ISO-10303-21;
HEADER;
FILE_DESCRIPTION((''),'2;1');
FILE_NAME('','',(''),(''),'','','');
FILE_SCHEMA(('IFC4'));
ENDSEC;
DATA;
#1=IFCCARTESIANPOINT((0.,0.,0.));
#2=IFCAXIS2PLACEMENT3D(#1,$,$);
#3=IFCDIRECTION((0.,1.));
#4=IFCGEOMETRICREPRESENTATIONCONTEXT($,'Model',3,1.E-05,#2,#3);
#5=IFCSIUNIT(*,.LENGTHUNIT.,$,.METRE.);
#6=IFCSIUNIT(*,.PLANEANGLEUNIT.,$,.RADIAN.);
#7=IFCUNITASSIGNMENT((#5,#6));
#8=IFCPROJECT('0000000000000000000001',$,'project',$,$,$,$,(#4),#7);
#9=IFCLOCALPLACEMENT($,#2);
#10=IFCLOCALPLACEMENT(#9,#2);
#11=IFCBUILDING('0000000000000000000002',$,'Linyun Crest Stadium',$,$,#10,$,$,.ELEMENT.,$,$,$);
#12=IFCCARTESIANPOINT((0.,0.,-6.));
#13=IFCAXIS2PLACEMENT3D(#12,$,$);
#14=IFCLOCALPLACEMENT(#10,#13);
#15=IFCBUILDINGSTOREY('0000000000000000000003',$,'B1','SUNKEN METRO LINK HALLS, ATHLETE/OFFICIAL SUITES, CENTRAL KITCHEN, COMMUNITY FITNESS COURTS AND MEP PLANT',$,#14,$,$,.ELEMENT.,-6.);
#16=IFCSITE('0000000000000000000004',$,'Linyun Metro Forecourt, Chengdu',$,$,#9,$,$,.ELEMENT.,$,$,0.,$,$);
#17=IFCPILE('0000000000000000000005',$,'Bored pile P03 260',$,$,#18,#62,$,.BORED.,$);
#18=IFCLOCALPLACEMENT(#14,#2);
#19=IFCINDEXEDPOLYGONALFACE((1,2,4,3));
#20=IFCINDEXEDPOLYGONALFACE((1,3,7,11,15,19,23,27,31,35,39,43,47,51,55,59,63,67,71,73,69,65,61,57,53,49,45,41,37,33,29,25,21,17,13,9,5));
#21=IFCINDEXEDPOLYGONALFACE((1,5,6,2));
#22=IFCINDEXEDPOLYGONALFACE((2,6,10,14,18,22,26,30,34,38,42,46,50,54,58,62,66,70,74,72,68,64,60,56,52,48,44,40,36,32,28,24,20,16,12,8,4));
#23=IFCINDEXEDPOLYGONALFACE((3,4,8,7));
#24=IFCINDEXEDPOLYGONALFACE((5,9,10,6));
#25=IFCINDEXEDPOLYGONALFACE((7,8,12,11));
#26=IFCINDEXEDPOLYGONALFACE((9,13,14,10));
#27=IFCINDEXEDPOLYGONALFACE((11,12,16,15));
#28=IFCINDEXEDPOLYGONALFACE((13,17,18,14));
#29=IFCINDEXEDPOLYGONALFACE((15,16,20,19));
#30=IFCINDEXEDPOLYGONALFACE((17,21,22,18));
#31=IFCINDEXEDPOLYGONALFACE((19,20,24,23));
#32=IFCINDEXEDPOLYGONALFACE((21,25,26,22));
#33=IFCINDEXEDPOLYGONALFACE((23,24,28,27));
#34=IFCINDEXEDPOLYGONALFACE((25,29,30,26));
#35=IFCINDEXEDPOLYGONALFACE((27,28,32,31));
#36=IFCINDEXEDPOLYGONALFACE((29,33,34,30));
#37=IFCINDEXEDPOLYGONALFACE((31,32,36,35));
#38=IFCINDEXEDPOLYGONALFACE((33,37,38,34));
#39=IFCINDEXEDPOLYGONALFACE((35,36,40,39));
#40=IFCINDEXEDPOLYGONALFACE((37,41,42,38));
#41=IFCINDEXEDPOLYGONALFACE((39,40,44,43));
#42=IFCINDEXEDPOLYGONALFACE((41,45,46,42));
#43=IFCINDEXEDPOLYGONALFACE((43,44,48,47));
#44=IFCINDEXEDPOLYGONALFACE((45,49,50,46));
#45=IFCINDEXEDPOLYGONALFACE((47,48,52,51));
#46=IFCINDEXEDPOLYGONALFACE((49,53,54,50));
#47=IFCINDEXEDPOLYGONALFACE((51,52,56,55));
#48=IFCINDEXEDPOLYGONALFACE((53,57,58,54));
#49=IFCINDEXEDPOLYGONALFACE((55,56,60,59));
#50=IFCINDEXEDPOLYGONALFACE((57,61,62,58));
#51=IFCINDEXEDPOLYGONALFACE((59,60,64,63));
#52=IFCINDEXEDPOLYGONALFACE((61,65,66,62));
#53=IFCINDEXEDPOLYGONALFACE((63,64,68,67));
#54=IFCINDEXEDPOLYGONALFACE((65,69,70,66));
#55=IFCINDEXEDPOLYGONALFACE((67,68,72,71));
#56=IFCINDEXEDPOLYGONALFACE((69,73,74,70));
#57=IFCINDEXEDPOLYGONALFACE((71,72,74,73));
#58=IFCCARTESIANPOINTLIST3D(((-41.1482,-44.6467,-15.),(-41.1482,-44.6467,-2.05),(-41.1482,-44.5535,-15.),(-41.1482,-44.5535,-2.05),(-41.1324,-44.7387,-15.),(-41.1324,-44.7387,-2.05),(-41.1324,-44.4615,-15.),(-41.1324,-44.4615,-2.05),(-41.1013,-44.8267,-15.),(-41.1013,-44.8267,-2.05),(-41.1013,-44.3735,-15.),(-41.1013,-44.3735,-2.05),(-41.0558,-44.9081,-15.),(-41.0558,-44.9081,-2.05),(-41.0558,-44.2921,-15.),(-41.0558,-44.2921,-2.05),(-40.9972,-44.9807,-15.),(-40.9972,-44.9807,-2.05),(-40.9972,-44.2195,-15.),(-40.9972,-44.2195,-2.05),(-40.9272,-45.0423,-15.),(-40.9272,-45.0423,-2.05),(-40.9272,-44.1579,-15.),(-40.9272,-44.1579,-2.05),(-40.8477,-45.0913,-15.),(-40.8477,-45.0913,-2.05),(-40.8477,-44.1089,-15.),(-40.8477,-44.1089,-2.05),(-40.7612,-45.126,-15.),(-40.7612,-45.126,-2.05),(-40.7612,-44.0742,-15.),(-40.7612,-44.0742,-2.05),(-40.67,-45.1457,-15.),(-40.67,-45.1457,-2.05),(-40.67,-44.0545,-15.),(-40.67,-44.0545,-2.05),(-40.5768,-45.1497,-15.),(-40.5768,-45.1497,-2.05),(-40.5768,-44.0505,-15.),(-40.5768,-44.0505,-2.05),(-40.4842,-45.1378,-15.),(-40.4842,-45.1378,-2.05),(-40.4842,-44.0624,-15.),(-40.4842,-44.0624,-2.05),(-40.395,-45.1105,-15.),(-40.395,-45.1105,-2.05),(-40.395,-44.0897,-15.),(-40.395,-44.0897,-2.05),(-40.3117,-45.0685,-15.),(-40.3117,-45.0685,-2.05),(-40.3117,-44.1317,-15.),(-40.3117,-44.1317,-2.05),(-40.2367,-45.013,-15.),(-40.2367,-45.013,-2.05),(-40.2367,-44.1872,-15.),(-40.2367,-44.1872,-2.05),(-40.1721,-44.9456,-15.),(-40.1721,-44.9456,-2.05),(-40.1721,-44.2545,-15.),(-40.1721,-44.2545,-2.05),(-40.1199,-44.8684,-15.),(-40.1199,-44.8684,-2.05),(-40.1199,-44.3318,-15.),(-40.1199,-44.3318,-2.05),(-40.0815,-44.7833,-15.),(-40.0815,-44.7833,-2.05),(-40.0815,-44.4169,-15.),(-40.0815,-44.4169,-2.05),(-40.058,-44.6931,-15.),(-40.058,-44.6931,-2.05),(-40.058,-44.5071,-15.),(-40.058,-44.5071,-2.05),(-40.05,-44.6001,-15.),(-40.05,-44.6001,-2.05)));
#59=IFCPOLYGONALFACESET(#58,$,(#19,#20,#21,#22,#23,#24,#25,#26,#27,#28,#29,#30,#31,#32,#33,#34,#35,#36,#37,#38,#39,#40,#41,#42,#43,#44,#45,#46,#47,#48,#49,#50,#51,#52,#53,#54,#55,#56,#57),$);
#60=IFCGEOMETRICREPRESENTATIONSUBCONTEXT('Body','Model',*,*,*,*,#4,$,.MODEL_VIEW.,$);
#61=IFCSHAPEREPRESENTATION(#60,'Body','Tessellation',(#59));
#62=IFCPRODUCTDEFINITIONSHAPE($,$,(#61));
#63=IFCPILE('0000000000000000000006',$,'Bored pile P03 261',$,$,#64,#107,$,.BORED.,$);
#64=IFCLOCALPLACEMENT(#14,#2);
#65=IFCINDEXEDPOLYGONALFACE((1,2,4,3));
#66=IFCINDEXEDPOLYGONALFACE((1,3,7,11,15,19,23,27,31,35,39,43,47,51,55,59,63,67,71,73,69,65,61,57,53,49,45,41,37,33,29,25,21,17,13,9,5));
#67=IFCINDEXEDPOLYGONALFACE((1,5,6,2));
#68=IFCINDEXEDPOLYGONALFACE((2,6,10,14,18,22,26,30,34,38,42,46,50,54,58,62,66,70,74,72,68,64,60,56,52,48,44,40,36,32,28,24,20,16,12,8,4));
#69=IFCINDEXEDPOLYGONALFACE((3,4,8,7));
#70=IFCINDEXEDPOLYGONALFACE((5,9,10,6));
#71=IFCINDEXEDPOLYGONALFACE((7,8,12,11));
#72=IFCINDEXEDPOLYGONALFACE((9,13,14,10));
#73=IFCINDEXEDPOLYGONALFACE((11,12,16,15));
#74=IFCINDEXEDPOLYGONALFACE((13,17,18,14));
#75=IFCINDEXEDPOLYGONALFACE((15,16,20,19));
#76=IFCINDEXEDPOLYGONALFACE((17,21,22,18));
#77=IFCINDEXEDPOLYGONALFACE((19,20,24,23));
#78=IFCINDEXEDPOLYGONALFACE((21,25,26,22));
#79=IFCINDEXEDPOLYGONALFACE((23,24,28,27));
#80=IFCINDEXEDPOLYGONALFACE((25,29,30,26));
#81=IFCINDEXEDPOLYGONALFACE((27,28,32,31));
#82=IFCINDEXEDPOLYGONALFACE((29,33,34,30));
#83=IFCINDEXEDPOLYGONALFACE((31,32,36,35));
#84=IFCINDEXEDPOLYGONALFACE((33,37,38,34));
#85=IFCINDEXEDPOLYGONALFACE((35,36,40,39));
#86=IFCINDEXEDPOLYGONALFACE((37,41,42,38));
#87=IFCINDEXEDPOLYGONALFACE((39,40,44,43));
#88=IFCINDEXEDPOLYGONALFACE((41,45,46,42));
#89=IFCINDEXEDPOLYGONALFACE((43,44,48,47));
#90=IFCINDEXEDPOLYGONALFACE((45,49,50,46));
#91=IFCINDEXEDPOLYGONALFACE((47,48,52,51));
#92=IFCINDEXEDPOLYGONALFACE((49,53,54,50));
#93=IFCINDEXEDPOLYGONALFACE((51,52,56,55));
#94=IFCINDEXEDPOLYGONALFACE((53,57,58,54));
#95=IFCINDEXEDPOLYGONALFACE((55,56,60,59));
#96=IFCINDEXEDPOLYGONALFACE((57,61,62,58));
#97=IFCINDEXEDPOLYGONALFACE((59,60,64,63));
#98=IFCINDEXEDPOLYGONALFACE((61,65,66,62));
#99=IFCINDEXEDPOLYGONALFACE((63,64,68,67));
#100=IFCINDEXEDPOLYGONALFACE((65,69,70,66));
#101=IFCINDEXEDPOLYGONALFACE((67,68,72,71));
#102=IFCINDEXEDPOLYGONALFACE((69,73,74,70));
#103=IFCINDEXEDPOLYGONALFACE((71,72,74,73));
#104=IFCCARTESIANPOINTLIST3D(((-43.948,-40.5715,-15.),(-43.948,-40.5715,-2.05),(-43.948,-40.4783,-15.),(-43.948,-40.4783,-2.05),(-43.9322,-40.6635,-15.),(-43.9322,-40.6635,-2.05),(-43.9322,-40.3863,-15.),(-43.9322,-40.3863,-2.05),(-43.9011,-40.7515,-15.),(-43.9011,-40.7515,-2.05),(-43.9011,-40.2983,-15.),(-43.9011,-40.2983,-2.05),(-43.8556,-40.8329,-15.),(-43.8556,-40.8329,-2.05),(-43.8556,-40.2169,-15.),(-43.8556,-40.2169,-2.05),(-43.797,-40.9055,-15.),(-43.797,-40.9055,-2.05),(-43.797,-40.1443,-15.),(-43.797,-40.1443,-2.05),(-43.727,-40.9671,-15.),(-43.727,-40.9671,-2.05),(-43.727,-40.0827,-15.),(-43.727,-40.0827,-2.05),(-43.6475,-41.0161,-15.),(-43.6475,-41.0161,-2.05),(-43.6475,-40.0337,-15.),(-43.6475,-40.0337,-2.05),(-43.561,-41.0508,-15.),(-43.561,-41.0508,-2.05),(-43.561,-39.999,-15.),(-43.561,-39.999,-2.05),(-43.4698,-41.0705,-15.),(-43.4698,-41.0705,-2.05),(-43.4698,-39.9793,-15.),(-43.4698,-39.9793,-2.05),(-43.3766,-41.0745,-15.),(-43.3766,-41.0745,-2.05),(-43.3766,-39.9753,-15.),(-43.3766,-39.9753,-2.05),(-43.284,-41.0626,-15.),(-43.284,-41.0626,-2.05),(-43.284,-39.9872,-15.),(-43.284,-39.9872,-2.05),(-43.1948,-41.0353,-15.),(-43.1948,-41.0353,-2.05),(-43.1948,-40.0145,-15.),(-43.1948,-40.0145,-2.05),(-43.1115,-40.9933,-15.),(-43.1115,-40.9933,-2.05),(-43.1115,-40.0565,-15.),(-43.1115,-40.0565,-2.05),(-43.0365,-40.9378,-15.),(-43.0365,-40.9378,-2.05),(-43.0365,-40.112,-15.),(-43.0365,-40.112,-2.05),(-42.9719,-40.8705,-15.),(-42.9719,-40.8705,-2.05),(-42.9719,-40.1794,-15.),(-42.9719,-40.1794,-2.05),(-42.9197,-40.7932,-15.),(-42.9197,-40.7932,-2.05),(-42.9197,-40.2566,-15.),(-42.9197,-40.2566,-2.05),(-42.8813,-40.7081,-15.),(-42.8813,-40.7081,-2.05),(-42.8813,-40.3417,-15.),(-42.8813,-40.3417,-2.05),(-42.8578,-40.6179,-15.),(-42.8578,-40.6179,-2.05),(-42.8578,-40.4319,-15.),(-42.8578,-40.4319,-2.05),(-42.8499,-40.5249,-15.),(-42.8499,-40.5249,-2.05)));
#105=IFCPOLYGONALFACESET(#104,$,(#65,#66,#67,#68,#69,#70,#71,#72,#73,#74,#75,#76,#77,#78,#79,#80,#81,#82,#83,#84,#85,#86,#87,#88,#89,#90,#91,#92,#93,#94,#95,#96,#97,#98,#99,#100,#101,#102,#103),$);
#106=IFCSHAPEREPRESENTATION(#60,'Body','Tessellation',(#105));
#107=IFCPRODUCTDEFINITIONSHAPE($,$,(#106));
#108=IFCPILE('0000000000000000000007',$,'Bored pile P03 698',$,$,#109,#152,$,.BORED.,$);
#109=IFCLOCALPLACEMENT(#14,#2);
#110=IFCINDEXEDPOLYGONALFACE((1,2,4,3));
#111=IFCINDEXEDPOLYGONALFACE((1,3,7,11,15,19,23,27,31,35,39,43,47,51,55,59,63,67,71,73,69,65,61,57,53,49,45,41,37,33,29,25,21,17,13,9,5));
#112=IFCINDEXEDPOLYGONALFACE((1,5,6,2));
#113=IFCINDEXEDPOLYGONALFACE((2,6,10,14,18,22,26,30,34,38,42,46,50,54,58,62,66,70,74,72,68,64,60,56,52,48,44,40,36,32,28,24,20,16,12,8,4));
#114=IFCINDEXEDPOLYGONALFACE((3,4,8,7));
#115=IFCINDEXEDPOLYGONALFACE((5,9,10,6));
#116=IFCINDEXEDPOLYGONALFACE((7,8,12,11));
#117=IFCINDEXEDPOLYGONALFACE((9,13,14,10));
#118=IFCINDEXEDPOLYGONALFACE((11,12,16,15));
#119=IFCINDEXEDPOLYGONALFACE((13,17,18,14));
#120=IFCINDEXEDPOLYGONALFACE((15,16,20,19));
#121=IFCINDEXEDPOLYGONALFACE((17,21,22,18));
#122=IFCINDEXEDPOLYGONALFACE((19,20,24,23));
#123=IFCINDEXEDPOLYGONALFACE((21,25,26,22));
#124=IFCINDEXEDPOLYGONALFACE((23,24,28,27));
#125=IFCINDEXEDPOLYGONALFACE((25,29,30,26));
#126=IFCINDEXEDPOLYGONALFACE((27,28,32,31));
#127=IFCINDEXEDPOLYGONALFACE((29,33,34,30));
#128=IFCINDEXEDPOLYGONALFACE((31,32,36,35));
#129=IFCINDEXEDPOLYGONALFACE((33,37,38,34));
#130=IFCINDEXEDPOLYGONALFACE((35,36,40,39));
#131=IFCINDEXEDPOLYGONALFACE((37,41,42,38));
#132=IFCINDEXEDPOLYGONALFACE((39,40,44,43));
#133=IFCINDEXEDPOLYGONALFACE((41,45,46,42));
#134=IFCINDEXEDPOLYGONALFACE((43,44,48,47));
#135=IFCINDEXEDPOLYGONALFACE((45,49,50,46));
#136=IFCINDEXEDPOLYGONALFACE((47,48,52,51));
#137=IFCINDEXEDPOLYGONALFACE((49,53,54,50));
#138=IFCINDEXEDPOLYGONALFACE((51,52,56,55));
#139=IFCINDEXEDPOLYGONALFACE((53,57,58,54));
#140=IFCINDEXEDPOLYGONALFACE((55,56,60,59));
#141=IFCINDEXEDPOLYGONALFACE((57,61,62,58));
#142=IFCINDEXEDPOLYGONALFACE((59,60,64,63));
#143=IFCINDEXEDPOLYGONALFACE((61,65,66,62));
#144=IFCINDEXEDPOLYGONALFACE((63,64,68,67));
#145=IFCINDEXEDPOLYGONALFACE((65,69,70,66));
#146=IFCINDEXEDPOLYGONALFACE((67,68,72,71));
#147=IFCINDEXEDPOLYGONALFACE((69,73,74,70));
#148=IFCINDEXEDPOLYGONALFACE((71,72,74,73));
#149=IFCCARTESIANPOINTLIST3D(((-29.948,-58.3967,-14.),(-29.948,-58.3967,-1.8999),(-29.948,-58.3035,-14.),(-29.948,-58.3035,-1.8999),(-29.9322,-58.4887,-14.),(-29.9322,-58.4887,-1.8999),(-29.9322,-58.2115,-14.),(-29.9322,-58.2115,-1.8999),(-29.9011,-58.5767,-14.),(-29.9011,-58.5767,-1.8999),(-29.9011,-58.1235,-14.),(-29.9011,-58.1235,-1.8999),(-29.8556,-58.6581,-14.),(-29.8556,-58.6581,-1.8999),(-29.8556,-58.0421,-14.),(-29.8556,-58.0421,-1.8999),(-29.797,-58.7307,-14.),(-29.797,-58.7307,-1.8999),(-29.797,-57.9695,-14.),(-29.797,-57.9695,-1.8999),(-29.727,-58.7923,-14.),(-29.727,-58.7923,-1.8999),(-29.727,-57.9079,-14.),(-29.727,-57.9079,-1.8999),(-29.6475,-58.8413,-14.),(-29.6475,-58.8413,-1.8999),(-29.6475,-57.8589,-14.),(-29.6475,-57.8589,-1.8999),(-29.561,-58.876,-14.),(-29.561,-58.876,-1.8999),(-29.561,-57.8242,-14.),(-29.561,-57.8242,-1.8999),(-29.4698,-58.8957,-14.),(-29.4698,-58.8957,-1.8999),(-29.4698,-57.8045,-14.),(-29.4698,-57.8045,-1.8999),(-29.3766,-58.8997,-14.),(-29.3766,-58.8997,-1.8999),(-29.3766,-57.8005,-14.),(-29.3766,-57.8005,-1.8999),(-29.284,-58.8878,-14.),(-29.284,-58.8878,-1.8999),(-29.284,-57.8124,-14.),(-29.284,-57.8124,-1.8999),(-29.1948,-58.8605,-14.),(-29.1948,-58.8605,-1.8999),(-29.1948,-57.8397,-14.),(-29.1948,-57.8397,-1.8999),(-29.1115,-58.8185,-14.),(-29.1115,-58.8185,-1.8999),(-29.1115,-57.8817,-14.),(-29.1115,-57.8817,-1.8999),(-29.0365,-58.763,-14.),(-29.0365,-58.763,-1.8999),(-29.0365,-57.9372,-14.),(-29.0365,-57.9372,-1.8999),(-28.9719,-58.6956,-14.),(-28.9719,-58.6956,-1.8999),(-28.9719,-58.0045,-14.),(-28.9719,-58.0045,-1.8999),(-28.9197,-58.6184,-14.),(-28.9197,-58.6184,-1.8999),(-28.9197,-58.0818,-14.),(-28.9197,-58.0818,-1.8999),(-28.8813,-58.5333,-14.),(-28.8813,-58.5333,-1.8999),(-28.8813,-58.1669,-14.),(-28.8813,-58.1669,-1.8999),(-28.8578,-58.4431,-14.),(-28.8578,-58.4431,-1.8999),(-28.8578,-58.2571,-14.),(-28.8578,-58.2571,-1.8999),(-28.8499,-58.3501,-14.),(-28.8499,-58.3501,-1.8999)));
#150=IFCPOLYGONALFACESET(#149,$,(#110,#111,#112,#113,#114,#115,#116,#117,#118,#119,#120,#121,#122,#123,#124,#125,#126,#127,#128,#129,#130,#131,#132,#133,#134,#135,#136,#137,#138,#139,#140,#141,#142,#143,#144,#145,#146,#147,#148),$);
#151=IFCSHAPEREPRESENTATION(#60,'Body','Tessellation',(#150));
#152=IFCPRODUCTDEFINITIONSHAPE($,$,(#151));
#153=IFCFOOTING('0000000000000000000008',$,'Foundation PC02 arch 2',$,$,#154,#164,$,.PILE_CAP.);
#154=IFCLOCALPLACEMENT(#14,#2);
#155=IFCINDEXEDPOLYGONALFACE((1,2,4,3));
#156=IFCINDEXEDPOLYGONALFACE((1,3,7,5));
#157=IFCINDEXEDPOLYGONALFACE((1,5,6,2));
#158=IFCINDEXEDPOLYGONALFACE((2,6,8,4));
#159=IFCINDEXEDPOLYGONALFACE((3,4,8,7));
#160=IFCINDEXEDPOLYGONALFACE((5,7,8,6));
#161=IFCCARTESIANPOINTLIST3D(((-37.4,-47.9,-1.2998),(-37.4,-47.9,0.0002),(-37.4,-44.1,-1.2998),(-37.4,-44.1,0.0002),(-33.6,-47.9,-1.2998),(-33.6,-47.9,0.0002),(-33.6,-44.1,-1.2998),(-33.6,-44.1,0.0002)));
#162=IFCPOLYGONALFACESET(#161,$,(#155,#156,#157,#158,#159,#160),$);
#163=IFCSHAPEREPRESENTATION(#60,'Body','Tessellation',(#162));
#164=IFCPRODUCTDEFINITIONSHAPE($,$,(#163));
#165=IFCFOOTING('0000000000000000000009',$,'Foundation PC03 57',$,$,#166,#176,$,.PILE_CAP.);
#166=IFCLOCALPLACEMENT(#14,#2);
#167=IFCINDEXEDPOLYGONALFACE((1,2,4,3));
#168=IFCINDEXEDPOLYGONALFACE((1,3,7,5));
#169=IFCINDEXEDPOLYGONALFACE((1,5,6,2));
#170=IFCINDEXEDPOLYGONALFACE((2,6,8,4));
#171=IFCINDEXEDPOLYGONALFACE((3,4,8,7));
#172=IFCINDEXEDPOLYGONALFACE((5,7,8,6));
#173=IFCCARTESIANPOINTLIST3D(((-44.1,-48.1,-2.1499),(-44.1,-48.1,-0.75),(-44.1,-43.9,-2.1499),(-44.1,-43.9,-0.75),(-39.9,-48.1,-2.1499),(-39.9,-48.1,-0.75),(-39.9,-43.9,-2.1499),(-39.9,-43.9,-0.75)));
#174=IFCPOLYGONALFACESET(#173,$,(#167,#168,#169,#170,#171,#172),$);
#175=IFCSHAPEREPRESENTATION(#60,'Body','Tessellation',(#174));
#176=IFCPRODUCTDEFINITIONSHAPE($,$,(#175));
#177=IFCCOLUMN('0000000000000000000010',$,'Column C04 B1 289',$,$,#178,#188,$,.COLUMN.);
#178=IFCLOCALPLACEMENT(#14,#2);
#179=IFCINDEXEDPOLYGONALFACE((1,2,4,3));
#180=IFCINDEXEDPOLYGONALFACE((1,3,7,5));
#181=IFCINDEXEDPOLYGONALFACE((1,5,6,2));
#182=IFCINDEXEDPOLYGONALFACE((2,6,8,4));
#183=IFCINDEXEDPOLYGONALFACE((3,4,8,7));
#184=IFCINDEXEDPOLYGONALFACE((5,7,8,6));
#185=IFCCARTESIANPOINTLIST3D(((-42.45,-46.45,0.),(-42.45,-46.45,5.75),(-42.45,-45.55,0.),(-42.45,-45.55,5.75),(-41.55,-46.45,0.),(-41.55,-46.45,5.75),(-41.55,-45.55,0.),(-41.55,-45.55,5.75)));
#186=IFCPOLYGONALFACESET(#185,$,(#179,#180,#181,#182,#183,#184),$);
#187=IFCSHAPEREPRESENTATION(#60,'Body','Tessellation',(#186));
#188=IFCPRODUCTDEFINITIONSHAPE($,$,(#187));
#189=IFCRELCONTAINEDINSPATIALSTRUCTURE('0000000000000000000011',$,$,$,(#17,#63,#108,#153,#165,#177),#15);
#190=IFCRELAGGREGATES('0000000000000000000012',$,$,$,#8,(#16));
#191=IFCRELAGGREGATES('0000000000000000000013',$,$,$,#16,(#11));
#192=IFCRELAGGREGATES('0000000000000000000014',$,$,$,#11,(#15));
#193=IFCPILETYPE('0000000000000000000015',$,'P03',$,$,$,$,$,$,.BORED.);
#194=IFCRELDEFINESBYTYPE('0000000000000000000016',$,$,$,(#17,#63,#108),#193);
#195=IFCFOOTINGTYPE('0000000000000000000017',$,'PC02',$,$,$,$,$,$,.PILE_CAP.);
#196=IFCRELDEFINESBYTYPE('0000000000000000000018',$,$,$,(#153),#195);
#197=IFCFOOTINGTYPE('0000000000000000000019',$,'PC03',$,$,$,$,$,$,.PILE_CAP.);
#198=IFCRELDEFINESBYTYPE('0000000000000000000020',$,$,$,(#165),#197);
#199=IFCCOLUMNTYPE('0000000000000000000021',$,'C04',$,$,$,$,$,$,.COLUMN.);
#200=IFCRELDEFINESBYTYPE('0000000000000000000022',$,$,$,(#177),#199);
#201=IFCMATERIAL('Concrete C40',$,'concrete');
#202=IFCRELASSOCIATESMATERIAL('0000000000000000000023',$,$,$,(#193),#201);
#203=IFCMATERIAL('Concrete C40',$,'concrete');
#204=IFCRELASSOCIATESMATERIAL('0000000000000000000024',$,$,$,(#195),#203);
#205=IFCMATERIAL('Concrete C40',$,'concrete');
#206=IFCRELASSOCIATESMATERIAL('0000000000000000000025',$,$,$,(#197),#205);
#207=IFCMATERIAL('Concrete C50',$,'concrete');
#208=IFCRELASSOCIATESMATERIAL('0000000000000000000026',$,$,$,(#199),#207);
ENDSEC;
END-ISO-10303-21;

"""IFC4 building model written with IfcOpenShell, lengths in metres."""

from ifc_helpers import new_model, si_unit, direction, frame, origin, origin_2d, place, context, subcontext, project, spatial, rectangle, circle, extrude, material, material_profile, profile_set, type_object, element, save


model = new_model("IFC4")

# Units and contexts
model_context = context("Model", 3, precision=1e-05, world=origin(), true_north=direction((0.0, 1.0)))
body_context = subcontext(model_context, "Body", "Model", "MODEL_VIEW")
ifc_project = project(units=[si_unit("LENGTHUNIT", "METRE"), si_unit("PLANEANGLEUNIT", "RADIAN")], contexts=[model_context])

# Site, building, storey
site_placement = place(None, origin())
site = spatial("IfcSite", under=ifc_project, at=site_placement, Name="Linyun Metro Forecourt, Chengdu", CompositionType="ELEMENT", RefElevation=0.0)
building_placement = place(site_placement, origin())
building = spatial("IfcBuilding", under=site, at=building_placement, Name="Linyun Crest Stadium", CompositionType="ELEMENT")
storey_placement = place(building_placement, frame((0.0, 0.0, -6.0)))
storey = spatial("IfcBuildingStorey", under=building, at=storey_placement, Name="B1", Description="SUNKEN METRO LINK HALLS, ATHLETE/OFFICIAL SUITES, CENTRAL KITCHEN, COMMUNITY FITNESS COURTS AND MEP PLANT", CompositionType="ELEMENT", Elevation=-6.0)

# Piles
ifc_material_1 = material(Name="Concrete C40", Category="concrete")
ifc_material_profile_1 = material_profile(ifc_material_1, circle(Radius=0.55, at=origin_2d()), Name="BORED PILE 1100")
ifc_profile_set_1 = profile_set([ifc_material_profile_1], Name="Concrete C40")
pile_type_1 = type_object("IfcPileType", Name="P03", PredefinedType="BORED", material=ifc_profile_set_1)
for number, where, z_axis, x_axis, name in (
    (1, (-40.6001, -44.6001, -2.05), (0.0, 0.0, -1.0), (1.0, 0.0, 0.0), "Bored pile P03 260"),
    (2, (-43.3999, -40.5249, -2.05), (0.0, 0.0, -1.0), (1.0, 0.0, 0.0), "Bored pile P03 261"),
):
    element("IfcPile", number, at=place(storey_placement, frame(where, z_axis=z_axis, x_axis=x_axis)), inside=storey, type_object=pile_type_1, Name=name, PredefinedType="BORED", context=body_context, shape_type="SweptSolid", body=[
        extrude(circle(Radius=0.55, at=origin_2d()), origin(), (0.0, 0.0, 1.0), 12.95),
    ])
pile_placement = place(storey_placement, frame((-29.3999, -58.3501, -1.8999), z_axis=(0.0, 0.0, -1.0), x_axis=(1.0, 0.0, 0.0)))
element("IfcPile", 3, at=pile_placement, inside=storey, type_object=pile_type_1, Name="Bored pile P03 698", PredefinedType="BORED", context=body_context, shape_type="SweptSolid", body=[
    extrude(circle(Radius=0.55, at=origin_2d()), origin(), (0.0, 0.0, 1.0), 12.1001),
])

# Footings
ifc_material_2 = material(Name="Concrete C40", Category="concrete")
footing_type_1 = type_object("IfcFootingType", Name="PC02", PredefinedType="PILE_CAP", material=ifc_material_2)
footing_1_placement = place(storey_placement, frame((-35.5, -46.0, -1.2998), z_axis=(0.0, 0.0, 1.0), x_axis=(1.0, 0.0, 0.0)))
element("IfcFooting", 4, at=footing_1_placement, inside=storey, type_object=footing_type_1, Name="Foundation PC02 arch 2", PredefinedType="PILE_CAP", context=body_context, shape_type="SweptSolid", body=[
    extrude(rectangle(XDim=3.8, YDim=3.8, at=origin_2d()), origin(), (0.0, 0.0, 1.0), 1.3),
])
ifc_material_3 = material(Name="Concrete C40", Category="concrete")
footing_type_2 = type_object("IfcFootingType", Name="PC03", PredefinedType="PILE_CAP", material=ifc_material_3)
footing_2_placement = place(storey_placement, frame((-42.0, -46.0, -2.1499), z_axis=(0.0, 0.0, 1.0), x_axis=(1.0, 0.0, 0.0)))
element("IfcFooting", 5, at=footing_2_placement, inside=storey, type_object=footing_type_2, Name="Foundation PC03 57", PredefinedType="PILE_CAP", context=body_context, shape_type="SweptSolid", body=[
    extrude(rectangle(XDim=4.2, YDim=4.2, at=origin_2d()), origin(), (0.0, 0.0, 1.0), 1.3999),
])

# Column
ifc_material_4 = material(Name="Concrete C50", Category="concrete")
ifc_material_profile_2 = material_profile(ifc_material_4, rectangle(XDim=0.8999, YDim=0.8999, at=origin_2d()), Name="RC 900x900")
ifc_profile_set_2 = profile_set([ifc_material_profile_2], Name="Concrete C50")
column_type_1 = type_object("IfcColumnType", Name="C04", PredefinedType="COLUMN", material=ifc_profile_set_2)
column_1_placement = place(storey_placement, frame((-42.0, -46.0, 0.0), z_axis=(0.0, 0.0, 1.0), x_axis=(1.0, 0.0, 0.0)))
element("IfcColumn", 6, at=column_1_placement, inside=storey, type_object=column_type_1, Name="Column C04 B1 289", PredefinedType="COLUMN", context=body_context, shape_type="SweptSolid", body=[
    extrude(rectangle(XDim=0.8999, YDim=0.8999, at=origin_2d()), origin(), (0.0, 0.0, 1.0), 5.75),
])

save(model, "model.ifc")
